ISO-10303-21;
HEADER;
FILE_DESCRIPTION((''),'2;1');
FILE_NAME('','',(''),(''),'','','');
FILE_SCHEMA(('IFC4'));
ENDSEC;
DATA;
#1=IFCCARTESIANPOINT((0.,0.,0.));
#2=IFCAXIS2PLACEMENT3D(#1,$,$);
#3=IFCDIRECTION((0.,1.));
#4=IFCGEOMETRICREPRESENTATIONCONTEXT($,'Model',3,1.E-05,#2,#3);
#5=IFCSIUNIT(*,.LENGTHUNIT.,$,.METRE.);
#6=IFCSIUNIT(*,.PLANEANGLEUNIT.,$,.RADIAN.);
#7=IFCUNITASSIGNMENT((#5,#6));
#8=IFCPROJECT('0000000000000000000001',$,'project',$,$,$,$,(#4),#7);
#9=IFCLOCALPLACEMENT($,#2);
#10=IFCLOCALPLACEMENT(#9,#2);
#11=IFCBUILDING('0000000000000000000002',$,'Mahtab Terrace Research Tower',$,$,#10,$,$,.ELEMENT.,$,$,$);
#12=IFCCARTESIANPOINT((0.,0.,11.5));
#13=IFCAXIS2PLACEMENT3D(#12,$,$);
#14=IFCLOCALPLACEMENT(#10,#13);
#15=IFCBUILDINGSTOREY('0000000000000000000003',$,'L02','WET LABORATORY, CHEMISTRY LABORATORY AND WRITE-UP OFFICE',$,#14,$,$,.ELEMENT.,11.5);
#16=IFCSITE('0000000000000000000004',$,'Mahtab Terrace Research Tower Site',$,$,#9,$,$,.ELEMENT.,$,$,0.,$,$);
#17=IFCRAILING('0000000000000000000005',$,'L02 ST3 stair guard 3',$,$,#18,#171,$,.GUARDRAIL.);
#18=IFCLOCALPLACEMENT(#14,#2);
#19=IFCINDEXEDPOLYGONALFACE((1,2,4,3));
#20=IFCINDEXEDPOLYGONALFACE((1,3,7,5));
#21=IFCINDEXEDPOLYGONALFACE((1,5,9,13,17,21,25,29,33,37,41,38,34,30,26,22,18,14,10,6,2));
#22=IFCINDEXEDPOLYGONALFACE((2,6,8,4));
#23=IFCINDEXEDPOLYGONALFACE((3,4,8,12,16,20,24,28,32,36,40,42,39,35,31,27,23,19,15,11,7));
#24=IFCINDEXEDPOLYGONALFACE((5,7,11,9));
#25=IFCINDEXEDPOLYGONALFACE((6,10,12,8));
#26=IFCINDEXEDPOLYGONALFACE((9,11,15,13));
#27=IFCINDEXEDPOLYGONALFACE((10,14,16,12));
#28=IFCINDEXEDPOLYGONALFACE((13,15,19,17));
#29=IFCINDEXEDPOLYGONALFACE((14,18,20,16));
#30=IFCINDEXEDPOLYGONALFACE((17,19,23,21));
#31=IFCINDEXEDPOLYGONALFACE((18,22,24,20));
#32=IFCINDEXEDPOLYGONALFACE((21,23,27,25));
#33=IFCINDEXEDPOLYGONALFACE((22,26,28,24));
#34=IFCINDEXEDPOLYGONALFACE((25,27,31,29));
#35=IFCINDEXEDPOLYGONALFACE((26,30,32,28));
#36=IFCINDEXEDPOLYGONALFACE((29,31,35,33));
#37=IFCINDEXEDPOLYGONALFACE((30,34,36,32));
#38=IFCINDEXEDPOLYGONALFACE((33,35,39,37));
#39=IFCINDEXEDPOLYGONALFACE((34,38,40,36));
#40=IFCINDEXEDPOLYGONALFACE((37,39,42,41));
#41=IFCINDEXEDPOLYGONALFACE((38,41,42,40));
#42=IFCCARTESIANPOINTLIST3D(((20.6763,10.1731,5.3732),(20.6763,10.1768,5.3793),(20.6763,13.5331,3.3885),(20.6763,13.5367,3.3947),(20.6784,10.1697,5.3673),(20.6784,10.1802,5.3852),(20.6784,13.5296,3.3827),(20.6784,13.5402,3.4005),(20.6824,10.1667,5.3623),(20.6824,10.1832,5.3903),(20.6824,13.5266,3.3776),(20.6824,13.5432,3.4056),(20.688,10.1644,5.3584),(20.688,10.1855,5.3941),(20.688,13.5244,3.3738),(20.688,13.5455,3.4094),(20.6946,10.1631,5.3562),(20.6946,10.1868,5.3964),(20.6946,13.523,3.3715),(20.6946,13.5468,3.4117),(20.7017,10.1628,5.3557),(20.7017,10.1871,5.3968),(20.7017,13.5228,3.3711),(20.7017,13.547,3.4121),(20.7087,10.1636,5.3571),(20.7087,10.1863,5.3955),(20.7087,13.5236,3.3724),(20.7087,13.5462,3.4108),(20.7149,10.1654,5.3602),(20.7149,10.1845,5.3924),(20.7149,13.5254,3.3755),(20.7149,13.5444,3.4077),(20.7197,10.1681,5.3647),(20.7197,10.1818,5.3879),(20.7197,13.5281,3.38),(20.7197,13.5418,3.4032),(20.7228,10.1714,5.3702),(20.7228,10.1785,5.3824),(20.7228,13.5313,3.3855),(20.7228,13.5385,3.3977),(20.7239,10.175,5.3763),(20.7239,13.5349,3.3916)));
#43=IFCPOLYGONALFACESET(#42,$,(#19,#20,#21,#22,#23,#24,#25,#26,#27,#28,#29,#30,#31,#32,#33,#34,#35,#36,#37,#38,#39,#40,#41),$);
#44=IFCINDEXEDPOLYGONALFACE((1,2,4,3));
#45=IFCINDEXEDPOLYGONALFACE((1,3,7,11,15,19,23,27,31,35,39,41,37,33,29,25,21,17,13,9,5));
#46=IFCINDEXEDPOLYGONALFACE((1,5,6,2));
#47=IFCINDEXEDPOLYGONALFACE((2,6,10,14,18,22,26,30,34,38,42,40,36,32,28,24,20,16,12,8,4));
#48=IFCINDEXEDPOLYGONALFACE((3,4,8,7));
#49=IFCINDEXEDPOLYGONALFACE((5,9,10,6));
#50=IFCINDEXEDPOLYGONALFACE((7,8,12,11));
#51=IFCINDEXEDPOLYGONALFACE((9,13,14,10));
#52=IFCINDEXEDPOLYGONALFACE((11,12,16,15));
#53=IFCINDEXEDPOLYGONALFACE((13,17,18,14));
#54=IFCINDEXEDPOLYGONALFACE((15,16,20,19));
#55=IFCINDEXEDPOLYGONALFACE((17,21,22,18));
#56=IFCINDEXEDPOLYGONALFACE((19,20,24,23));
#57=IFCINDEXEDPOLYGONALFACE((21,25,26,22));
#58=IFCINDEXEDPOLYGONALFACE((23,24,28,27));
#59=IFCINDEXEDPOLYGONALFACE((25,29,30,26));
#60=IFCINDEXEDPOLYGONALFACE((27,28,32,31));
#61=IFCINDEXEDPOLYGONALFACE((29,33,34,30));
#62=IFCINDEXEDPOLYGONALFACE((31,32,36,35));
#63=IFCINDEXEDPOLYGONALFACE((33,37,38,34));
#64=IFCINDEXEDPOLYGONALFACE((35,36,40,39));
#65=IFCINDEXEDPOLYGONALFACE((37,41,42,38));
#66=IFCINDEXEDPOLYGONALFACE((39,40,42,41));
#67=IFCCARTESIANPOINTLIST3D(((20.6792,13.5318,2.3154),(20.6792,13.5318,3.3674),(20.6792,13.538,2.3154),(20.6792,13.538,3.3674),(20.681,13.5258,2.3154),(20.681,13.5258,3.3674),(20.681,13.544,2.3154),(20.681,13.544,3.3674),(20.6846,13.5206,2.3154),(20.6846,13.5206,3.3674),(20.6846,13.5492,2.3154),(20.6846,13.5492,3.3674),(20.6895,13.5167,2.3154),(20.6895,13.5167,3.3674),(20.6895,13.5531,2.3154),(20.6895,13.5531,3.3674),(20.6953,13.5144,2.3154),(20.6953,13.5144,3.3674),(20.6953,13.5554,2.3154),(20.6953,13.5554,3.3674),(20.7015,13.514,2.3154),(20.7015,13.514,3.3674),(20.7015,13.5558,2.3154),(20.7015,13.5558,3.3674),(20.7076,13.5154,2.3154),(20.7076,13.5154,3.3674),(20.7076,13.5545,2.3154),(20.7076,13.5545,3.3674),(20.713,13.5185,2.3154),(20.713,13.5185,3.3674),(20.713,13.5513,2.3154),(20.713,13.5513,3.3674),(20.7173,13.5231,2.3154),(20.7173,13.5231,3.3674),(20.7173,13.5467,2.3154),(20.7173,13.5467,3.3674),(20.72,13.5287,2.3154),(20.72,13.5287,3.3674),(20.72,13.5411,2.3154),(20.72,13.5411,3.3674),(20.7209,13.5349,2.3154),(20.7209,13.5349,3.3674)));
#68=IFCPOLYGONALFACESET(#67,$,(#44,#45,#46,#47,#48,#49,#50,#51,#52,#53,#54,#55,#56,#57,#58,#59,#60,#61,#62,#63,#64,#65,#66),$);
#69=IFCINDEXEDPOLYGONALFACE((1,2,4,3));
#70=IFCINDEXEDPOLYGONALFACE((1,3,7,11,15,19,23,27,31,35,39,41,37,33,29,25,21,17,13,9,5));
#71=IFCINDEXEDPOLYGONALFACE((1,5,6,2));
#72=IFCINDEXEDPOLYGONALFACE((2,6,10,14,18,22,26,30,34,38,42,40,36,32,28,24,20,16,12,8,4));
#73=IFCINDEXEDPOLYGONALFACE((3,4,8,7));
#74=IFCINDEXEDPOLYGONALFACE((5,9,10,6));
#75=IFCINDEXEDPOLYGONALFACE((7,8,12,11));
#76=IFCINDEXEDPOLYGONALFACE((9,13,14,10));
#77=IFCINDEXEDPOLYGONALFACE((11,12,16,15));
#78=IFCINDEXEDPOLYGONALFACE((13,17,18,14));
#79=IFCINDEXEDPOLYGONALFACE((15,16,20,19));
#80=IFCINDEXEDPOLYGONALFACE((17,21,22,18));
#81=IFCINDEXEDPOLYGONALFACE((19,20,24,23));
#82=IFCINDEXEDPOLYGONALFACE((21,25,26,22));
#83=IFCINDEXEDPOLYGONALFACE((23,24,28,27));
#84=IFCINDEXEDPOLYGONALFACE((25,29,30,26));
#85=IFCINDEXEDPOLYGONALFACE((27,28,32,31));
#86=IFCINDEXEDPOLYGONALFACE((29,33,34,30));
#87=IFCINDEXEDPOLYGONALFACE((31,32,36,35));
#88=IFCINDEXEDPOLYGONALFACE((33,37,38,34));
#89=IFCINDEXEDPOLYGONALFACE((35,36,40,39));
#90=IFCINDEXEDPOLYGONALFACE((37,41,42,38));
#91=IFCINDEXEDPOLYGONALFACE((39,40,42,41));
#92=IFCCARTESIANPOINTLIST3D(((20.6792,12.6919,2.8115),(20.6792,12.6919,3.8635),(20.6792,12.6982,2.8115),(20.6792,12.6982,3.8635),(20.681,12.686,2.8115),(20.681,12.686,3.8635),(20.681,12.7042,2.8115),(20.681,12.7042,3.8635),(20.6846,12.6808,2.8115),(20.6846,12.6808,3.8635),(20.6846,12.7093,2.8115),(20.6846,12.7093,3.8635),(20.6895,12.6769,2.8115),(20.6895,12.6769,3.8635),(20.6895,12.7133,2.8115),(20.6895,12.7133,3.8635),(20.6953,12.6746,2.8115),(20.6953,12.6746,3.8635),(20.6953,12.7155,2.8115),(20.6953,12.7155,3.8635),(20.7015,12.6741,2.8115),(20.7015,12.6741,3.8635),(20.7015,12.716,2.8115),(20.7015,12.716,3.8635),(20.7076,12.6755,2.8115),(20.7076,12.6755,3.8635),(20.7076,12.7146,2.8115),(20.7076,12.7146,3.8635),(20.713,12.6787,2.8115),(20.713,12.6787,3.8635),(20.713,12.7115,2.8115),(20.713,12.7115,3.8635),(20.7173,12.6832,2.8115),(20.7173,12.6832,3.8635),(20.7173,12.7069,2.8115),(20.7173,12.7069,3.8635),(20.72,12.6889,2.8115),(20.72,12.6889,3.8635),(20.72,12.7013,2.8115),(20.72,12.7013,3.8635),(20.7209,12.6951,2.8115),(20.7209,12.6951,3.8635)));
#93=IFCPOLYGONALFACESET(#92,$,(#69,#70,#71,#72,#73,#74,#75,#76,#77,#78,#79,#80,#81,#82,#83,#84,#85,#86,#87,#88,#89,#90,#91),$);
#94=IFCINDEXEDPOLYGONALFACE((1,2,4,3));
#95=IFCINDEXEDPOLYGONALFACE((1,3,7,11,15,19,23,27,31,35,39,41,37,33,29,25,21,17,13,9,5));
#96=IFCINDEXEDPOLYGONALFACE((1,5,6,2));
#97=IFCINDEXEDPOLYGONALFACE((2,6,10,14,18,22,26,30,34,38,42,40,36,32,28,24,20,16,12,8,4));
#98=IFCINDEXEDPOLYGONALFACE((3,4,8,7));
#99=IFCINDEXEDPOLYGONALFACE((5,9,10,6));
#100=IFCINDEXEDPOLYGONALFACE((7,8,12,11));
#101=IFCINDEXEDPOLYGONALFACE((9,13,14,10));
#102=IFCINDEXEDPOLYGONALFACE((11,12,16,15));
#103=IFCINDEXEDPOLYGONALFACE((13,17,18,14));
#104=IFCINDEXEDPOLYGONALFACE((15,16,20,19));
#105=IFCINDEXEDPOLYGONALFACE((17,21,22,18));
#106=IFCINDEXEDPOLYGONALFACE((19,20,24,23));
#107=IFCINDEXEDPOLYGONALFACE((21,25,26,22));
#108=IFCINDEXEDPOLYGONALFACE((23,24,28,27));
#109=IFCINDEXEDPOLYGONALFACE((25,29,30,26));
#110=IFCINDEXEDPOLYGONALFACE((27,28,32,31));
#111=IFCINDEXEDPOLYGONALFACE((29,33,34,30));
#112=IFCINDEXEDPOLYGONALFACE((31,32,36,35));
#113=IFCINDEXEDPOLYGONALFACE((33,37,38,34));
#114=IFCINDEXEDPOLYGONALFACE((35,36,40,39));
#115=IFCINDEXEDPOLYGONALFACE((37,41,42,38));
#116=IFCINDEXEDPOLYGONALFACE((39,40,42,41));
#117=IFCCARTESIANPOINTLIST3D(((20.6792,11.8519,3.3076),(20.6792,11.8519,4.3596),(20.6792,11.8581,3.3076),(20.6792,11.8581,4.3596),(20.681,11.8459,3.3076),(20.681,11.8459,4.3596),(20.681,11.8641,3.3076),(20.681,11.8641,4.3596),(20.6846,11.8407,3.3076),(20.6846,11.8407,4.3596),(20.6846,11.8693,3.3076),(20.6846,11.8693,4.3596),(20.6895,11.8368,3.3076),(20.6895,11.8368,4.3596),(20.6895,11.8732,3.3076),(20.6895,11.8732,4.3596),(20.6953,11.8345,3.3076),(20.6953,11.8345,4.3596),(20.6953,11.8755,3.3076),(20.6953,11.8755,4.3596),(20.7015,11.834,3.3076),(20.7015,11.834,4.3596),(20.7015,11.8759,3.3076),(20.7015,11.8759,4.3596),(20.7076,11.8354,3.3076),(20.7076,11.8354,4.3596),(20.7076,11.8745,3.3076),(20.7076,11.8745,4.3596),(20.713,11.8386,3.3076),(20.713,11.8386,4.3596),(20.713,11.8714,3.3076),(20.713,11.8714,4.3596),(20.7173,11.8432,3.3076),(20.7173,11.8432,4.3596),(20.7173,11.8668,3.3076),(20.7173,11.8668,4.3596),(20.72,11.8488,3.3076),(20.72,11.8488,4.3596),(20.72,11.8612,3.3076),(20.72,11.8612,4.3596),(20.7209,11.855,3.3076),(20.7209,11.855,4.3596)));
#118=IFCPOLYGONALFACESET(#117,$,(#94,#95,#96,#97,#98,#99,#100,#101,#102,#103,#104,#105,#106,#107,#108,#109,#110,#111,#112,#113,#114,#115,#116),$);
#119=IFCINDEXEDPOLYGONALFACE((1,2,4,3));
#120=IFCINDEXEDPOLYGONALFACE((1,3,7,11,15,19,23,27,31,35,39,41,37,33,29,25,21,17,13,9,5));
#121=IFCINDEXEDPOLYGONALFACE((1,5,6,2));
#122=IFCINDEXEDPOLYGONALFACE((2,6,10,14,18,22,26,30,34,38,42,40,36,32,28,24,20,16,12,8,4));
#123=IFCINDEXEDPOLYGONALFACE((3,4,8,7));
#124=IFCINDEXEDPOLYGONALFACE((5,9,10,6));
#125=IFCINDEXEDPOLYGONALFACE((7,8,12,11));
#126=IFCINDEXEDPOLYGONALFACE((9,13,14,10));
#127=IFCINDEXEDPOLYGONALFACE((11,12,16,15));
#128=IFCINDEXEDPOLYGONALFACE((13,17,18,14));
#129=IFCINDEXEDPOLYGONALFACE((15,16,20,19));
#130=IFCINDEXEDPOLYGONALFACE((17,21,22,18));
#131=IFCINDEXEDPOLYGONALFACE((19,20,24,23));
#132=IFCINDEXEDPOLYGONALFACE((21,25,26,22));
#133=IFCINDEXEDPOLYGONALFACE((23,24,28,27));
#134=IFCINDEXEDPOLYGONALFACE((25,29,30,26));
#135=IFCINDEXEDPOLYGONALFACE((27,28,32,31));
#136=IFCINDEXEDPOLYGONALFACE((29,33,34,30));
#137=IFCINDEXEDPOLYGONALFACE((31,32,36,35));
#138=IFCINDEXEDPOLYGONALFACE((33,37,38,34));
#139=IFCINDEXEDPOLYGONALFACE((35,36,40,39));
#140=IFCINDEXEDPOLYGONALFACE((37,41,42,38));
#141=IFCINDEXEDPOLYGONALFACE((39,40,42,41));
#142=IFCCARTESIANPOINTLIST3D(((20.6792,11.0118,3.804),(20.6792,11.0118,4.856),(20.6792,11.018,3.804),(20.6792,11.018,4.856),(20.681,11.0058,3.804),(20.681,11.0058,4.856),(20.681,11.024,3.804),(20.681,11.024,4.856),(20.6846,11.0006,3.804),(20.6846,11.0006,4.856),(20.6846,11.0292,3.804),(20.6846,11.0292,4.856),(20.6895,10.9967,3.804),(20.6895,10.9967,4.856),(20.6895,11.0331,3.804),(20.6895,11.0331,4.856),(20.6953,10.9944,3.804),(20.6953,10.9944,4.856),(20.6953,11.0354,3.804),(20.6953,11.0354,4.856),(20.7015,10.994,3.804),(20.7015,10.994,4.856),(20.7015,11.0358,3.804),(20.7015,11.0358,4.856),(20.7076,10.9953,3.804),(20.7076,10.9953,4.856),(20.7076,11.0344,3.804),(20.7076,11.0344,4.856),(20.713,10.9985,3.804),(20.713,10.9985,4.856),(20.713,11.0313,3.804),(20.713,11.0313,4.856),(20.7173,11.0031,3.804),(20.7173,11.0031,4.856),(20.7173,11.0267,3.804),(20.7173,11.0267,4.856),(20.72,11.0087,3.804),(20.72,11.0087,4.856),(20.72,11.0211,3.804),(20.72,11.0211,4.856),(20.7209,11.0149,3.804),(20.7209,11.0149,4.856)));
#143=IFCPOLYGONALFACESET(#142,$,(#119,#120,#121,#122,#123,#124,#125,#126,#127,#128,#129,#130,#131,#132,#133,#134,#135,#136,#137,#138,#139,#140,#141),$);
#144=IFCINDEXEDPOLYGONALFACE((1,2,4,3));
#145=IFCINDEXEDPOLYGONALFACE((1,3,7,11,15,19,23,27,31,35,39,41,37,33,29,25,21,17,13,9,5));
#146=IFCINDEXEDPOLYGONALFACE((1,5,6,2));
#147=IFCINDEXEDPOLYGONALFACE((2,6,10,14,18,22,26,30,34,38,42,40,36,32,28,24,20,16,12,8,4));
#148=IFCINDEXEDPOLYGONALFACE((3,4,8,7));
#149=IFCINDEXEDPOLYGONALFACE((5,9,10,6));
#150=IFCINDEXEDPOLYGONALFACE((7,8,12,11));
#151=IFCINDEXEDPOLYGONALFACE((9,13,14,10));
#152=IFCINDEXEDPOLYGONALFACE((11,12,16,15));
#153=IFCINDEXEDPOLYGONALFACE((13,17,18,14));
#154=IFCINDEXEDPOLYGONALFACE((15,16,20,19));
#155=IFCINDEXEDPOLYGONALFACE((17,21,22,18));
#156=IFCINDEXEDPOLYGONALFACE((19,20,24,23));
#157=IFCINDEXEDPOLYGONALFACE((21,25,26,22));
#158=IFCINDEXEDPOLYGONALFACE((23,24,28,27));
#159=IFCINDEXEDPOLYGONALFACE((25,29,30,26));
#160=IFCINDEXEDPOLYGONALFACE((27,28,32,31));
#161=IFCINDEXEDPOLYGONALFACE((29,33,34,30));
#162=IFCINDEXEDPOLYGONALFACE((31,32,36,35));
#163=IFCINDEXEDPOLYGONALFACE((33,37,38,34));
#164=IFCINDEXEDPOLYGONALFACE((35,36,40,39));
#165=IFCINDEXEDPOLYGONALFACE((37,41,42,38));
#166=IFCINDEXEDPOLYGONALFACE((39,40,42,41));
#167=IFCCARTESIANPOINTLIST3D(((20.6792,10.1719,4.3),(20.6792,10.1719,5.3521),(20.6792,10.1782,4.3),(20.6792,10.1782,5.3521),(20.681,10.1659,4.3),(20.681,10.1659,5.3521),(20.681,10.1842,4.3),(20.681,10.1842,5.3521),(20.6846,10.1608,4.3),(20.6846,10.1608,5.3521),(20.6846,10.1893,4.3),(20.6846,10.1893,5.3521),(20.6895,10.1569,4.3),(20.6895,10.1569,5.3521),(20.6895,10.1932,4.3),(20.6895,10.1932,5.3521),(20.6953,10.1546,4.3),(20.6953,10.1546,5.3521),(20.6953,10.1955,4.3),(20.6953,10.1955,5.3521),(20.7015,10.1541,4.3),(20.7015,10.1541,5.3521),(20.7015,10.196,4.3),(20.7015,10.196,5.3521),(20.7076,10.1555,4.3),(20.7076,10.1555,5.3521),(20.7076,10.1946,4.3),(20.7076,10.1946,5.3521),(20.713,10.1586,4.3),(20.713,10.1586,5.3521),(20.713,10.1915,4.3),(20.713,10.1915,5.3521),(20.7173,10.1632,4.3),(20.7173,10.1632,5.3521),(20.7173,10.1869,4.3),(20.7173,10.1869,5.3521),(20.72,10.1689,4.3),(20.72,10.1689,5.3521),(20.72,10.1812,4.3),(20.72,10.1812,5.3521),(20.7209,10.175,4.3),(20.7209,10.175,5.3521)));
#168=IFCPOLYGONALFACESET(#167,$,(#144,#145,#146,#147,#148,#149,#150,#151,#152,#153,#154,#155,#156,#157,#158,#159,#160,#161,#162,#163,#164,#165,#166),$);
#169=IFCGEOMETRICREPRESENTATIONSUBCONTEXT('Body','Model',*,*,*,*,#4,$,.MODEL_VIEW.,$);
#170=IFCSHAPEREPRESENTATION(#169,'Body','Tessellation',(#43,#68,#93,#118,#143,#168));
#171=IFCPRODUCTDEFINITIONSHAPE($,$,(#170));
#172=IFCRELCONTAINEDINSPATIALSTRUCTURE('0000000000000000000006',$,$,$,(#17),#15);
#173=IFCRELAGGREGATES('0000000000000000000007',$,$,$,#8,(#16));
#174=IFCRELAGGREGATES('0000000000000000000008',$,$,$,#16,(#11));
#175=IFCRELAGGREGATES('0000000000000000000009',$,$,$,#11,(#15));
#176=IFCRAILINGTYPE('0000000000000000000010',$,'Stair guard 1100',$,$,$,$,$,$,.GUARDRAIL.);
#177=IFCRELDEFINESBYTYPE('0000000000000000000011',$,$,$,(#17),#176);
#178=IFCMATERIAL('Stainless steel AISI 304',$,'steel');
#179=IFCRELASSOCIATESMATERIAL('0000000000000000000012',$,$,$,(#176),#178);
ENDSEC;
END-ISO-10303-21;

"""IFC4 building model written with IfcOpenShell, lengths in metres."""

from ifc_helpers import new_model, si_unit, direction, frame, origin, origin_2d, place, context, subcontext, project, spatial, circle, extrude, material, type_object, element, save


model = new_model("IFC4")

# Units and contexts
model_context = context("Model", 3, precision=1e-05, world=origin(), true_north=direction((0.0, 1.0)))
body_context = subcontext(model_context, "Body", "Model", "MODEL_VIEW")
ifc_project = project(units=[si_unit("LENGTHUNIT", "METRE"), si_unit("PLANEANGLEUNIT", "RADIAN")], contexts=[model_context])

# Site, building, storey
site_placement = place(None, origin())
site = spatial("IfcSite", under=ifc_project, at=site_placement, Name="Mahtab Terrace Research Tower Site", CompositionType="ELEMENT", RefElevation=0.0)
building_placement = place(site_placement, origin())
building = spatial("IfcBuilding", under=site, at=building_placement, Name="Mahtab Terrace Research Tower", CompositionType="ELEMENT")
storey_placement = place(building_placement, frame((0.0, 0.0, 11.5)))
storey = spatial("IfcBuildingStorey", under=building, at=storey_placement, Name="L02", Description="WET LABORATORY, CHEMISTRY LABORATORY AND WRITE-UP OFFICE", CompositionType="ELEMENT", Elevation=11.5)

# Railing
ifc_material_1 = material(Name="Stainless steel AISI 304", Category="steel")
railing_type_1 = type_object("IfcRailingType", Name="Stair guard 1100", PredefinedType="GUARDRAIL", material=ifc_material_1)
railing_1_placement = place(storey_placement, frame((20.7, 13.5349, 2.3154)))
element("IfcRailing", 1, at=railing_1_placement, inside=storey, type_object=railing_type_1, Name="L02 ST3 stair guard 3", PredefinedType="GUARDRAIL", context=body_context, shape_type="SweptSolid", body=[
    extrude(circle(Radius=0.0239, at=origin_2d()), frame((0.0, 0.0, 1.0762), z_axis=(0.0, -0.861011, 0.508586), x_axis=(1.0, 0.0, 0.0)), (0.0, 0.0, 1.0), 3.9023),
    extrude(circle(Radius=0.021, at=origin_2d()), origin(), (0.0, 0.0, 1.0), 1.052),
    extrude(circle(Radius=0.021, at=origin_2d()), frame((0.0, -0.8398, 0.4961)), (0.0, 0.0, 1.0), 1.052),
    extrude(circle(Radius=0.021, at=origin_2d()), frame((0.0, -1.6799, 0.9922)), (0.0, 0.0, 1.0), 1.052),
    extrude(circle(Radius=0.021, at=origin_2d()), frame((0.0, -2.52, 1.4885)), (0.0, 0.0, 1.0), 1.052),
    extrude(circle(Radius=0.021, at=origin_2d()), frame((0.0, -3.3599, 1.9846)), (0.0, 0.0, 1.0), 1.052),
])

save(model, "model.ifc")
